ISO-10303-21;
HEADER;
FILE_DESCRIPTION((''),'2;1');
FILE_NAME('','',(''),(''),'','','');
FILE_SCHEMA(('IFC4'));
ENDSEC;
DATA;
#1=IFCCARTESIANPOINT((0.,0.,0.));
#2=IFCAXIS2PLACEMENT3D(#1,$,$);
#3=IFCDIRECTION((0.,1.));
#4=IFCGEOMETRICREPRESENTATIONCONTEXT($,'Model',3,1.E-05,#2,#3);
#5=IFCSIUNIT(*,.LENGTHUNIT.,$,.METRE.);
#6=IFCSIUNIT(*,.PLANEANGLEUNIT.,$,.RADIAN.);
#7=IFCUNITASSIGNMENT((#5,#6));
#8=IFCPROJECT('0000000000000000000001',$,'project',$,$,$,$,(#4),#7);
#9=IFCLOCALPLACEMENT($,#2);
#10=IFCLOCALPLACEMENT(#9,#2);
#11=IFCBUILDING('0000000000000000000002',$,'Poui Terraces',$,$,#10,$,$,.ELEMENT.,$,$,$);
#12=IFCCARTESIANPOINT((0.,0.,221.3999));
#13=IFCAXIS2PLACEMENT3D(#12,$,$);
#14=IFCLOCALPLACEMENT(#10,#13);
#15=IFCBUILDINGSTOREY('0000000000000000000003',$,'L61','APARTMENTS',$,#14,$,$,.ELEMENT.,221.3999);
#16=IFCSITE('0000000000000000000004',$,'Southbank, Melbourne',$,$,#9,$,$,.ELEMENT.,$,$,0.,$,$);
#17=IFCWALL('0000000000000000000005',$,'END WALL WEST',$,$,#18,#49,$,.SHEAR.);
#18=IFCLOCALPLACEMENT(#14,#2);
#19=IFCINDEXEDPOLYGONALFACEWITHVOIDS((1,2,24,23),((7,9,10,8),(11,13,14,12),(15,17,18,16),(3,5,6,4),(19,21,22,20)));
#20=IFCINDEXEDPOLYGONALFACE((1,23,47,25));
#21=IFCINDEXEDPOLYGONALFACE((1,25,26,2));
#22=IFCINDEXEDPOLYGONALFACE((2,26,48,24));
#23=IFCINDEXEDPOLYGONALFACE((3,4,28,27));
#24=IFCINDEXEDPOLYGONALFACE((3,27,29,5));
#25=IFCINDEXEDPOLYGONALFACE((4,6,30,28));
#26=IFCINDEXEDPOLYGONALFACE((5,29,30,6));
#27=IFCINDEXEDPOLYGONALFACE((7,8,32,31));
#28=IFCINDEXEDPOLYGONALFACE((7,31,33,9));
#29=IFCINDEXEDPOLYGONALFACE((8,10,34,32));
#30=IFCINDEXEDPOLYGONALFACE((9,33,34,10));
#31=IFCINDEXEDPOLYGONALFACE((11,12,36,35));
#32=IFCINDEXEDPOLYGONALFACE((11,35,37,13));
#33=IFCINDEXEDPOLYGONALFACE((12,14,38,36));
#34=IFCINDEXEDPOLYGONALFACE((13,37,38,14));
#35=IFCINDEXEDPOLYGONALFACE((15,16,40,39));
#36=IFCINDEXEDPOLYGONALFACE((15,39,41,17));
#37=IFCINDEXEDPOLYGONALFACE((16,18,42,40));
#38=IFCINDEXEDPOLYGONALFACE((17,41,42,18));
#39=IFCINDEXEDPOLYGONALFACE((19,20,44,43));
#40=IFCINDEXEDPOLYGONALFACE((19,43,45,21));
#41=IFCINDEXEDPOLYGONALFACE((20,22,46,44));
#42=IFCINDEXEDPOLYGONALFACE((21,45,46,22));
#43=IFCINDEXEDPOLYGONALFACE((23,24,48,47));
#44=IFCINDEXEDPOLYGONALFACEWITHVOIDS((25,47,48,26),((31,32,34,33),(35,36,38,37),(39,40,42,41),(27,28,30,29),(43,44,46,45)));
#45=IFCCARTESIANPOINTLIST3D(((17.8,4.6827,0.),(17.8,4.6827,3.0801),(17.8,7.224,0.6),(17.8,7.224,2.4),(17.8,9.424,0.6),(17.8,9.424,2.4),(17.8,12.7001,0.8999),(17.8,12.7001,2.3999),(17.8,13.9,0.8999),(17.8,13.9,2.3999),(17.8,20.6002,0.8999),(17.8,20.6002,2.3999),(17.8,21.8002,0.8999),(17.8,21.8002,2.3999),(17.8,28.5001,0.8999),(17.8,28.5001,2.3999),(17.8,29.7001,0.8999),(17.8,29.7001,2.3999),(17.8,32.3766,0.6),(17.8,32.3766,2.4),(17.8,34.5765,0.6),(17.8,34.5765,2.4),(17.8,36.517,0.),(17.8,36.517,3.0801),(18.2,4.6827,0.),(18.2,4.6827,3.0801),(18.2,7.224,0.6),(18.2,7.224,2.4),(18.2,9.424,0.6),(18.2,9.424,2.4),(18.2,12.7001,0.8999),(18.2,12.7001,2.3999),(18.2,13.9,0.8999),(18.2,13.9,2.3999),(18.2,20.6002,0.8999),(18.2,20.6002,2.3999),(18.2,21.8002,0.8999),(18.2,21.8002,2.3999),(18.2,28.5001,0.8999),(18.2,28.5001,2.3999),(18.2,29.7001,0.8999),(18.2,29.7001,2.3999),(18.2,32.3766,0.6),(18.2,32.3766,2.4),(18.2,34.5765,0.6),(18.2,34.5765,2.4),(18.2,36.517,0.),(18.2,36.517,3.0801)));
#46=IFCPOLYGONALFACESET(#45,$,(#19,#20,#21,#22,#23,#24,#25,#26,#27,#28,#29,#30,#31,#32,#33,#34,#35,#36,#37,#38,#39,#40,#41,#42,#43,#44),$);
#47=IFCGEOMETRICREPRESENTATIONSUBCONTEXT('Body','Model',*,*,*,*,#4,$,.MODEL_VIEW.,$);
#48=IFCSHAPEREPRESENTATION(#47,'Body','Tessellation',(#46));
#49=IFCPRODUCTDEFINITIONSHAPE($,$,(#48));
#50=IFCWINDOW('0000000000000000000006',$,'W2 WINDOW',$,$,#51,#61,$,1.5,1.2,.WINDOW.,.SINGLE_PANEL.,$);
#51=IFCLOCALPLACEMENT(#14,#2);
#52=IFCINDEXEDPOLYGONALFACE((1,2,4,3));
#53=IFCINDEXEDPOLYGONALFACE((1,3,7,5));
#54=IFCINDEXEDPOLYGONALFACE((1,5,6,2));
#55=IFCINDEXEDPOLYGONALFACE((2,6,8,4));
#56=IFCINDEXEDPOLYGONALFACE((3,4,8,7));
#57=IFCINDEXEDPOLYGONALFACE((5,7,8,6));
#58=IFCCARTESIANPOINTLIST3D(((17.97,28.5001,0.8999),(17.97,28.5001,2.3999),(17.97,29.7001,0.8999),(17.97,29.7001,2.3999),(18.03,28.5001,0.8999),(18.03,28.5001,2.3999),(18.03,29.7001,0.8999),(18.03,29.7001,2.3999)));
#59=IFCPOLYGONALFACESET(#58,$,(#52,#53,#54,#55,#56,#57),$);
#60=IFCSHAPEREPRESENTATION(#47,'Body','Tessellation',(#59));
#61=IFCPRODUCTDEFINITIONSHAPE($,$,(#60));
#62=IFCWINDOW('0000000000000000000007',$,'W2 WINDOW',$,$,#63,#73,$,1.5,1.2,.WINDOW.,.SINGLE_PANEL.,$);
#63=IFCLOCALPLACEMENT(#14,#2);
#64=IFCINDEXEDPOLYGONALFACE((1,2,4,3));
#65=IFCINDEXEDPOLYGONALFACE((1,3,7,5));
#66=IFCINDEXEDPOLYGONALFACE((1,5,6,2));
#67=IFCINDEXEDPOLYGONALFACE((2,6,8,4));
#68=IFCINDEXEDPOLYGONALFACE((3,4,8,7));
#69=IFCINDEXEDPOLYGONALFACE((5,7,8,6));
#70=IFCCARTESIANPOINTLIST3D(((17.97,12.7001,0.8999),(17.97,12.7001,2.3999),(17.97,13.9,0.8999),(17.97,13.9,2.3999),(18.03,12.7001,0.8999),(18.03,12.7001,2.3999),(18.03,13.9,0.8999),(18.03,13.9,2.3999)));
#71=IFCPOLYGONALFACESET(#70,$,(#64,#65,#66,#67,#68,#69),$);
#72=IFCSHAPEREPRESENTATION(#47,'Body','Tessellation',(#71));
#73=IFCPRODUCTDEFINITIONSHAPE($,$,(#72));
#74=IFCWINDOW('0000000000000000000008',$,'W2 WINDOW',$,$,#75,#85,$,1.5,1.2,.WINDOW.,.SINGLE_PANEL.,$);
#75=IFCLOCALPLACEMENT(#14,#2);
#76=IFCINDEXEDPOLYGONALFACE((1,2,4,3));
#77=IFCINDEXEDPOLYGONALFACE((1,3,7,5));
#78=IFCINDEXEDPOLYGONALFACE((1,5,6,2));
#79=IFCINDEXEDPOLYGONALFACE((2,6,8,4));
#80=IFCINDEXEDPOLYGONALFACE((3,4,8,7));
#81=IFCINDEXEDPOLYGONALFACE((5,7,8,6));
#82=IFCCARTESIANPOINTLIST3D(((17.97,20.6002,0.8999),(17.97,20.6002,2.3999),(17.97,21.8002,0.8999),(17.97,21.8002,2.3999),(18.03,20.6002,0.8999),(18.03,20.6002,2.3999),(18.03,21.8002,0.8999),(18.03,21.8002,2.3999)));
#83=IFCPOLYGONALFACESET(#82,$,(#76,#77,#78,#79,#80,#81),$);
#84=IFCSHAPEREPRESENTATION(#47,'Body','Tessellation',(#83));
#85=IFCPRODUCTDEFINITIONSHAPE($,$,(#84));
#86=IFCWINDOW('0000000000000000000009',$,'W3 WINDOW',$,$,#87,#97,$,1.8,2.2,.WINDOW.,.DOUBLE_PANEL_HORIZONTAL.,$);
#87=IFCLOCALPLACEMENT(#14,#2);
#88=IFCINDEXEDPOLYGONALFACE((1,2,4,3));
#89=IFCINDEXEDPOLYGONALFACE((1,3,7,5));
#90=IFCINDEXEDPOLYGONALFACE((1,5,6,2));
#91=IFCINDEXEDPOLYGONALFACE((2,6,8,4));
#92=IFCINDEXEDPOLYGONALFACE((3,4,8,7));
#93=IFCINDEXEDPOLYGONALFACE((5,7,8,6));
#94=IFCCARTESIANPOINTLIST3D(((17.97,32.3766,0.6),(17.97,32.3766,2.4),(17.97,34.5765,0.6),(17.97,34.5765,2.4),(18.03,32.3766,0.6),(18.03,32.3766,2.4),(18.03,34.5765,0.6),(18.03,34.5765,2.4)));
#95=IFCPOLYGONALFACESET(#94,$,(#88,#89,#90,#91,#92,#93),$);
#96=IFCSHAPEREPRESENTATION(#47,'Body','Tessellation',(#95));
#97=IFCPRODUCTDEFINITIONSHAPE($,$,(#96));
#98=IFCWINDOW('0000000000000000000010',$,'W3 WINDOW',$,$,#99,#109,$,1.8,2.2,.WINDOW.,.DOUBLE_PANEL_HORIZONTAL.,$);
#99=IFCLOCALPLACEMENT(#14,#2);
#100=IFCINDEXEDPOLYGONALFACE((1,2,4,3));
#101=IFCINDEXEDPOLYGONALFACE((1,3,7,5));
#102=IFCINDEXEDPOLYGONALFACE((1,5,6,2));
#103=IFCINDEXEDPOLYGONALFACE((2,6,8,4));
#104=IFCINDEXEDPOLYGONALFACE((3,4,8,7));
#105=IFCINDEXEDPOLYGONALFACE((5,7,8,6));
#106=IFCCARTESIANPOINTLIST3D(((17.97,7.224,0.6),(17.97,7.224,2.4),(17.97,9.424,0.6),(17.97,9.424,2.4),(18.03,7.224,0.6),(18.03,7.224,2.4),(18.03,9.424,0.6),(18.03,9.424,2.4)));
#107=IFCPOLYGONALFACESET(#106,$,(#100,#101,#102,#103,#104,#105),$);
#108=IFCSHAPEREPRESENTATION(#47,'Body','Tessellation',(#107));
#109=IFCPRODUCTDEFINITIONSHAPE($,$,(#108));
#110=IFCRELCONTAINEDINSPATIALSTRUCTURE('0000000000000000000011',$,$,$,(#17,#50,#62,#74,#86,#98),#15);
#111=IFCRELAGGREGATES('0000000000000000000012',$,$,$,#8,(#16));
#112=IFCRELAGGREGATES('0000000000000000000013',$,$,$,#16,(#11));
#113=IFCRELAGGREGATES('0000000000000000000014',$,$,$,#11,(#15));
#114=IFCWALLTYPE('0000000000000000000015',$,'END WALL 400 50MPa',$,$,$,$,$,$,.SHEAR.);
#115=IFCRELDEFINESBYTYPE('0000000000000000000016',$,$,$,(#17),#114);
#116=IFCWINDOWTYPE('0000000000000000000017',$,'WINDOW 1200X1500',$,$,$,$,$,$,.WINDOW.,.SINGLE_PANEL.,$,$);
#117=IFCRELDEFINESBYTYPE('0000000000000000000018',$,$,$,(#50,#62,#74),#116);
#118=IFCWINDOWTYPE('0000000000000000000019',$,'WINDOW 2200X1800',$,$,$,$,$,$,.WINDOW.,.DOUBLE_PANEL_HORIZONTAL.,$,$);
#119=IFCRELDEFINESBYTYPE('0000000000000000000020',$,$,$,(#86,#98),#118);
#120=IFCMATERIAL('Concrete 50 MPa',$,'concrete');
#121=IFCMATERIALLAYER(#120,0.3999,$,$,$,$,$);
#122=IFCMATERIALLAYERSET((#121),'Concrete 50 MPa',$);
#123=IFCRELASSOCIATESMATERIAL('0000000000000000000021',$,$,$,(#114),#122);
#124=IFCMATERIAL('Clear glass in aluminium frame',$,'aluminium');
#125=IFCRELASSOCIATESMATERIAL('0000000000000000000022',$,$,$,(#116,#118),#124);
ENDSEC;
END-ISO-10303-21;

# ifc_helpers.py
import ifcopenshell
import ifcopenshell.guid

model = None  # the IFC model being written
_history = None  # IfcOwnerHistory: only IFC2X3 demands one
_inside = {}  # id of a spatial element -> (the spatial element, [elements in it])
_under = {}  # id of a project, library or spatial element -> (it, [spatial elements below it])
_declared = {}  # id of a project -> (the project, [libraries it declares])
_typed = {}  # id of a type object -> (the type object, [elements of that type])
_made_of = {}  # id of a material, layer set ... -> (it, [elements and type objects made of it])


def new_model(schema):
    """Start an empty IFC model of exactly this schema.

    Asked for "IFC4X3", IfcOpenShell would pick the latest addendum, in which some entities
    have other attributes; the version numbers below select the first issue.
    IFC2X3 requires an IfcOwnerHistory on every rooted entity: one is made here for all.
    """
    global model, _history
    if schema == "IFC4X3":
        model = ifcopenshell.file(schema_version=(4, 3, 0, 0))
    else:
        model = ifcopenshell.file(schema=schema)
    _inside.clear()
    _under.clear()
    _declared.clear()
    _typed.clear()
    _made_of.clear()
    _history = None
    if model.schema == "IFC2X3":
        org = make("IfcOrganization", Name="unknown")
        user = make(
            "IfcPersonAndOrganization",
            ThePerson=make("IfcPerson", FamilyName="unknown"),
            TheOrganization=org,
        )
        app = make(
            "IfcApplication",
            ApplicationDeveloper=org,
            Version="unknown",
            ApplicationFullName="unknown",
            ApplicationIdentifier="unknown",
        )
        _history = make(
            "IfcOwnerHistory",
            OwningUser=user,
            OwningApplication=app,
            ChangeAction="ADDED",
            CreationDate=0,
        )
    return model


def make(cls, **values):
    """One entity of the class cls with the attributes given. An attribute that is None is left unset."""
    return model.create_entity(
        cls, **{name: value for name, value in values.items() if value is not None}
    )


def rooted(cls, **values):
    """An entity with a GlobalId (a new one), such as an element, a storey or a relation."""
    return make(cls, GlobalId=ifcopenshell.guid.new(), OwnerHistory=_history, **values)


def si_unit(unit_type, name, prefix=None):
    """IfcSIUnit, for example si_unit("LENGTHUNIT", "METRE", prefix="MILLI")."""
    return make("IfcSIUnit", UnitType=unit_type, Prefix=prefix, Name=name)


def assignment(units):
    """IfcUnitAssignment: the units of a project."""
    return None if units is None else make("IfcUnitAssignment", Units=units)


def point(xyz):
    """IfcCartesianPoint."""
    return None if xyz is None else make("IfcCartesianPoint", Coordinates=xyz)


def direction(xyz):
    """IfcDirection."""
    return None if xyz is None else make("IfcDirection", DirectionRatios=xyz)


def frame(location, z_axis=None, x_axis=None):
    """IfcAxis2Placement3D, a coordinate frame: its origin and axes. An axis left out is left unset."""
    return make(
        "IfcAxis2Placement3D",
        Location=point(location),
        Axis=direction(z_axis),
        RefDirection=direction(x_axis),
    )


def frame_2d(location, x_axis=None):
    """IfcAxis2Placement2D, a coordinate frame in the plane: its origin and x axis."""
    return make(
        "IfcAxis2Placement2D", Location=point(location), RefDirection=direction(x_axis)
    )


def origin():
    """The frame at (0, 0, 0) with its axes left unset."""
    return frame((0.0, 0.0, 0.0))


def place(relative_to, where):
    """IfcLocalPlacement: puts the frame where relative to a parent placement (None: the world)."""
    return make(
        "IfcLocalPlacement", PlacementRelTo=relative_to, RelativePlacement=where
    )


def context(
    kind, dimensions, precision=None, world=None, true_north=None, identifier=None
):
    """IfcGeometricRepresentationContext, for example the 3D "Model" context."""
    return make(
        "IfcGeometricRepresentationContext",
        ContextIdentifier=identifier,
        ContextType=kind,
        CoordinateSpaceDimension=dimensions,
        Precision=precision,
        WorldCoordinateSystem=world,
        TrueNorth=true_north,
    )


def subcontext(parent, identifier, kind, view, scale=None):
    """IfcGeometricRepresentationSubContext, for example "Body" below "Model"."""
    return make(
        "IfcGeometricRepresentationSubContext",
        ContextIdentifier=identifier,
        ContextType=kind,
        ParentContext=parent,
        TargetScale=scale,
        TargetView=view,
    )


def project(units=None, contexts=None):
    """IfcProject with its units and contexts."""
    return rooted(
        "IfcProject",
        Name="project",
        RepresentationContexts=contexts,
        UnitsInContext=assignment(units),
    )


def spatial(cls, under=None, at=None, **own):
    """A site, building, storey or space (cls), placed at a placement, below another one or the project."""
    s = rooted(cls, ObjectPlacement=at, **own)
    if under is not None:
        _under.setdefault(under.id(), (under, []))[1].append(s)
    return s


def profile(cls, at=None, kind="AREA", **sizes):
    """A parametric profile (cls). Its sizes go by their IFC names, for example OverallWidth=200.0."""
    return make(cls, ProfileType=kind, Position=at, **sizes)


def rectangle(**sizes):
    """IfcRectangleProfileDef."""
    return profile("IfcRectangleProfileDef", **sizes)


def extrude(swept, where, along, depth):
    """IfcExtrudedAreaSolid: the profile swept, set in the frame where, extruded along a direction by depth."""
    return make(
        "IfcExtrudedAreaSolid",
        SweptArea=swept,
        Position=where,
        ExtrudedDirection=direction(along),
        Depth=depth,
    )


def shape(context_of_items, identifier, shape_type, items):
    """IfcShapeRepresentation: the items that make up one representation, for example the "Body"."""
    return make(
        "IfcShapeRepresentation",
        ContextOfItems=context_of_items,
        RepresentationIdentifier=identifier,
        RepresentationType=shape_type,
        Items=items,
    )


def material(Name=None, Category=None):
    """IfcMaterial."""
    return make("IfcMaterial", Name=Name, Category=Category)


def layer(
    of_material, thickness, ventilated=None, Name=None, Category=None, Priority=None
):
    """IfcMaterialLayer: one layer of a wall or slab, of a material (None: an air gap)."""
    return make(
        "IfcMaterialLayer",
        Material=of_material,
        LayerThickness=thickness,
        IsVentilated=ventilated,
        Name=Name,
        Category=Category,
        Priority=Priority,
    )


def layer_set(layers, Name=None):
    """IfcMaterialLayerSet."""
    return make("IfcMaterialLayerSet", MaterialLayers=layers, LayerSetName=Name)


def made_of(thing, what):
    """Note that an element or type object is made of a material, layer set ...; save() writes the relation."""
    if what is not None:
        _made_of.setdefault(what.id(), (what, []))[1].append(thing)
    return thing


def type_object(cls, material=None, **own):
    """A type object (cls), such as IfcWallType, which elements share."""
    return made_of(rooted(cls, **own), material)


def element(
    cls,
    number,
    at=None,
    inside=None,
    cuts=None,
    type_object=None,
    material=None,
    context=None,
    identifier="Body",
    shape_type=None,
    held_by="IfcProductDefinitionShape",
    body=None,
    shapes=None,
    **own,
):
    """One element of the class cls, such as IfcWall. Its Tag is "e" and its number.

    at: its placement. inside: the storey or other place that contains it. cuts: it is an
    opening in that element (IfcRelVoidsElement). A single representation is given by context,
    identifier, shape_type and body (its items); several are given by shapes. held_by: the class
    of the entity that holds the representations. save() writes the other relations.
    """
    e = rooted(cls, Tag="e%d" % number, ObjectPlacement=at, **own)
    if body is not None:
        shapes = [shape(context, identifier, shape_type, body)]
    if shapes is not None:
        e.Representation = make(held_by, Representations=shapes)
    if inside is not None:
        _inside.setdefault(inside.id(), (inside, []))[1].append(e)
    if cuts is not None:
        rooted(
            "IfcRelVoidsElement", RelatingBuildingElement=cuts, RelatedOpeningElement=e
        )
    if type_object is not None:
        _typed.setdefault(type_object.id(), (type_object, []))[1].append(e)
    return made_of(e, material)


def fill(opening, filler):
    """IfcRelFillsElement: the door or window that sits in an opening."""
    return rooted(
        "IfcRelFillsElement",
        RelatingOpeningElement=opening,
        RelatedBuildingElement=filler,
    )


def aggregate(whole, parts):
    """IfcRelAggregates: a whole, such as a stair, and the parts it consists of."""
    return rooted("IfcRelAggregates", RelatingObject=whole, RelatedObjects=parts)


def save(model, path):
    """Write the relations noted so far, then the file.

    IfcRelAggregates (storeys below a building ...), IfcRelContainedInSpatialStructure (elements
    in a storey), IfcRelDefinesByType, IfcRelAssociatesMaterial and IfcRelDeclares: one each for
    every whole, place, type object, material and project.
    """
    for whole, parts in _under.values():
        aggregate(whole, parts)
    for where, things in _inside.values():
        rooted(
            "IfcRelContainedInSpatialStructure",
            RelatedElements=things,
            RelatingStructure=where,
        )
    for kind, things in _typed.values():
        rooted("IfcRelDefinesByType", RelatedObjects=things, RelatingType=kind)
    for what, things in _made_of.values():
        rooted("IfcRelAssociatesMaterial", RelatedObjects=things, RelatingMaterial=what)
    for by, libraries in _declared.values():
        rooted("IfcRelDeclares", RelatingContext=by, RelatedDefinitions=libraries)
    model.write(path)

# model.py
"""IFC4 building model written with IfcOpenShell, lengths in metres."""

from ifc_helpers import new_model, si_unit, direction, frame, frame_2d, origin, place, context, subcontext, project, spatial, rectangle, extrude, material, layer, layer_set, type_object, element, fill, save


model = new_model("IFC4")

# Units and contexts
model_context = context("Model", 3, precision=1e-05, world=origin(), true_north=direction((0.0, 1.0)))
body_context = subcontext(model_context, "Body", "Model", "MODEL_VIEW")
ifc_project = project(units=[si_unit("LENGTHUNIT", "METRE"), si_unit("PLANEANGLEUNIT", "RADIAN")], contexts=[model_context])

# Site, building, storey
site_placement = place(None, origin())
site = spatial("IfcSite", under=ifc_project, at=site_placement, Name="Southbank, Melbourne", CompositionType="ELEMENT", RefElevation=0.0)
building_placement = place(site_placement, origin())
building = spatial("IfcBuilding", under=site, at=building_placement, Name="Poui Terraces", CompositionType="ELEMENT")
storey_placement = place(building_placement, frame((0.0, 0.0, 221.3999)))
storey = spatial("IfcBuildingStorey", under=building, at=storey_placement, Name="L61", Description="APARTMENTS", CompositionType="ELEMENT", Elevation=221.3999)

# Wall, openings, windows
ifc_material_1 = material(Name="Concrete 50 MPa", Category="concrete")
ifc_layer = layer(ifc_material_1, 0.3999)
ifc_layer_set = layer_set([ifc_layer], Name="Concrete 50 MPa")
wall_type = type_object("IfcWallType", Name="END WALL 400 50MPa", PredefinedType="SHEAR", material=ifc_layer_set)
wall_placement = place(storey_placement, frame((18.0, 4.6829, 0.0), z_axis=(0.0, 0.0, 1.0), x_axis=(0.0, 1.0, 0.0)))
wall = element("IfcWall", 1, at=wall_placement, inside=storey, type_object=wall_type, Name="END WALL WEST", PredefinedType="SHEAR", context=body_context, shape_type="SweptSolid", body=[
    extrude(rectangle(XDim=31.8342, YDim=0.3999, at=frame_2d((15.917, 0.0))), origin(), (0.0, 0.0, 1.0), 3.0801),
])
opening_1_placement = place(wall_placement, frame((23.8171, 0.0, 0.8999)))
opening_1 = element("IfcOpeningElement", 2, at=opening_1_placement, cuts=wall, PredefinedType="OPENING", context=body_context, shape_type="SweptSolid", body=[
    extrude(rectangle(XDim=1.2, YDim=1.5, at=frame_2d((0.6001, 0.75))), frame((0.0, 0.21, 0.0), z_axis=(0.0, -1.0, 0.0), x_axis=(1.0, 0.0, 0.0)), (0.0, 0.0, 1.0), 0.4199),
])
opening_2_placement = place(wall_placement, frame((8.0171, 0.0, 0.8999)))
opening_2 = element("IfcOpeningElement", 3, at=opening_2_placement, cuts=wall, PredefinedType="OPENING", context=body_context, shape_type="SweptSolid", body=[
    extrude(rectangle(XDim=1.2, YDim=1.5, at=frame_2d((0.6001, 0.75))), frame((0.0, 0.21, 0.0), z_axis=(0.0, -1.0, 0.0), x_axis=(1.0, 0.0, 0.0)), (0.0, 0.0, 1.0), 0.4199),
])
opening_3_placement = place(wall_placement, frame((27.6936, 0.0, 0.6001)))
opening_3 = element("IfcOpeningElement", 4, at=opening_3_placement, cuts=wall, PredefinedType="OPENING", context=body_context, shape_type="SweptSolid", body=[
    extrude(rectangle(XDim=2.2, YDim=1.8, at=frame_2d((1.1001, 0.8999))), frame((0.0, 0.21, 0.0), z_axis=(0.0, -1.0, 0.0), x_axis=(1.0, 0.0, 0.0)), (0.0, 0.0, 1.0), 0.4199),
])
opening_4_placement = place(wall_placement, frame((2.541, 0.0, 0.6001)))
opening_4 = element("IfcOpeningElement", 5, at=opening_4_placement, cuts=wall, PredefinedType="OPENING", context=body_context, shape_type="SweptSolid", body=[
    extrude(rectangle(XDim=2.2, YDim=1.8, at=frame_2d((1.1001, 0.8999))), frame((0.0, 0.21, 0.0), z_axis=(0.0, -1.0, 0.0), x_axis=(1.0, 0.0, 0.0)), (0.0, 0.0, 1.0), 0.4199),
])
opening_5_placement = place(wall_placement, frame((15.9172, 0.0, 0.8999)))
opening_5 = element("IfcOpeningElement", 6, at=opening_5_placement, cuts=wall, PredefinedType="OPENING", context=body_context, shape_type="SweptSolid", body=[
    extrude(rectangle(XDim=1.2, YDim=1.5, at=frame_2d((0.6001, 0.75))), frame((0.0, 0.21, 0.0), z_axis=(0.0, -1.0, 0.0), x_axis=(1.0, 0.0, 0.0)), (0.0, 0.0, 1.0), 0.4199),
])
ifc_material_2 = material(Name="Clear glass in aluminium frame", Category="aluminium")
window_type_1 = type_object("IfcWindowType", Name="WINDOW 1200X1500", PartitioningType="SINGLE_PANEL", PredefinedType="WINDOW", material=ifc_material_2)
window_1_placement = place(opening_1_placement, origin())
window_1 = element("IfcWindow", 7, at=window_1_placement, inside=storey, type_object=window_type_1, Name="W2 WINDOW", OverallHeight=1.5, OverallWidth=1.2, PartitioningType="SINGLE_PANEL", PredefinedType="WINDOW", context=body_context, shape_type="SweptSolid", body=[
    extrude(rectangle(XDim=1.2, YDim=1.5, at=frame_2d((0.6001, 0.75))), frame((0.0, 0.03, 0.0), z_axis=(0.0, -1.0, 0.0), x_axis=(1.0, 0.0, 0.0)), (0.0, 0.0, 1.0), 0.0601),
])
fill(opening_1, window_1)
window_2_placement = place(opening_2_placement, origin())
window_2 = element("IfcWindow", 8, at=window_2_placement, inside=storey, type_object=window_type_1, Name="W2 WINDOW", OverallHeight=1.5, OverallWidth=1.2, PartitioningType="SINGLE_PANEL", PredefinedType="WINDOW", context=body_context, shape_type="SweptSolid", body=[
    extrude(rectangle(XDim=1.2, YDim=1.5, at=frame_2d((0.6001, 0.75))), frame((0.0, 0.03, 0.0), z_axis=(0.0, -1.0, 0.0), x_axis=(1.0, 0.0, 0.0)), (0.0, 0.0, 1.0), 0.0601),
])
fill(opening_2, window_2)
window_3_placement = place(opening_5_placement, origin())
window_3 = element("IfcWindow", 9, at=window_3_placement, inside=storey, type_object=window_type_1, Name="W2 WINDOW", OverallHeight=1.5, OverallWidth=1.2, PartitioningType="SINGLE_PANEL", PredefinedType="WINDOW", context=body_context, shape_type="SweptSolid", body=[
    extrude(rectangle(XDim=1.2, YDim=1.5, at=frame_2d((0.6001, 0.75))), frame((0.0, 0.03, 0.0), z_axis=(0.0, -1.0, 0.0), x_axis=(1.0, 0.0, 0.0)), (0.0, 0.0, 1.0), 0.0601),
])
fill(opening_5, window_3)
window_type_2 = type_object("IfcWindowType", Name="WINDOW 2200X1800", PartitioningType="DOUBLE_PANEL_HORIZONTAL", PredefinedType="WINDOW", material=ifc_material_2)
window_4_placement = place(opening_3_placement, origin())
window_4 = element("IfcWindow", 10, at=window_4_placement, inside=storey, type_object=window_type_2, Name="W3 WINDOW", OverallHeight=1.8, OverallWidth=2.2, PartitioningType="DOUBLE_PANEL_HORIZONTAL", PredefinedType="WINDOW", context=body_context, shape_type="SweptSolid", body=[
    extrude(rectangle(XDim=2.2, YDim=1.8, at=frame_2d((1.1001, 0.8999))), frame((0.0, 0.03, 0.0), z_axis=(0.0, -1.0, 0.0), x_axis=(1.0, 0.0, 0.0)), (0.0, 0.0, 1.0), 0.0601),
])
fill(opening_3, window_4)
window_5_placement = place(opening_4_placement, origin())
window_5 = element("IfcWindow", 11, at=window_5_placement, inside=storey, type_object=window_type_2, Name="W3 WINDOW", OverallHeight=1.8, OverallWidth=2.2, PartitioningType="DOUBLE_PANEL_HORIZONTAL", PredefinedType="WINDOW", context=body_context, shape_type="SweptSolid", body=[
    extrude(rectangle(XDim=2.2, YDim=1.8, at=frame_2d((1.1001, 0.8999))), frame((0.0, 0.03, 0.0), z_axis=(0.0, -1.0, 0.0), x_axis=(1.0, 0.0, 0.0)), (0.0, 0.0, 1.0), 0.0601),
])
fill(opening_4, window_5)

save(model, "model.ifc")
